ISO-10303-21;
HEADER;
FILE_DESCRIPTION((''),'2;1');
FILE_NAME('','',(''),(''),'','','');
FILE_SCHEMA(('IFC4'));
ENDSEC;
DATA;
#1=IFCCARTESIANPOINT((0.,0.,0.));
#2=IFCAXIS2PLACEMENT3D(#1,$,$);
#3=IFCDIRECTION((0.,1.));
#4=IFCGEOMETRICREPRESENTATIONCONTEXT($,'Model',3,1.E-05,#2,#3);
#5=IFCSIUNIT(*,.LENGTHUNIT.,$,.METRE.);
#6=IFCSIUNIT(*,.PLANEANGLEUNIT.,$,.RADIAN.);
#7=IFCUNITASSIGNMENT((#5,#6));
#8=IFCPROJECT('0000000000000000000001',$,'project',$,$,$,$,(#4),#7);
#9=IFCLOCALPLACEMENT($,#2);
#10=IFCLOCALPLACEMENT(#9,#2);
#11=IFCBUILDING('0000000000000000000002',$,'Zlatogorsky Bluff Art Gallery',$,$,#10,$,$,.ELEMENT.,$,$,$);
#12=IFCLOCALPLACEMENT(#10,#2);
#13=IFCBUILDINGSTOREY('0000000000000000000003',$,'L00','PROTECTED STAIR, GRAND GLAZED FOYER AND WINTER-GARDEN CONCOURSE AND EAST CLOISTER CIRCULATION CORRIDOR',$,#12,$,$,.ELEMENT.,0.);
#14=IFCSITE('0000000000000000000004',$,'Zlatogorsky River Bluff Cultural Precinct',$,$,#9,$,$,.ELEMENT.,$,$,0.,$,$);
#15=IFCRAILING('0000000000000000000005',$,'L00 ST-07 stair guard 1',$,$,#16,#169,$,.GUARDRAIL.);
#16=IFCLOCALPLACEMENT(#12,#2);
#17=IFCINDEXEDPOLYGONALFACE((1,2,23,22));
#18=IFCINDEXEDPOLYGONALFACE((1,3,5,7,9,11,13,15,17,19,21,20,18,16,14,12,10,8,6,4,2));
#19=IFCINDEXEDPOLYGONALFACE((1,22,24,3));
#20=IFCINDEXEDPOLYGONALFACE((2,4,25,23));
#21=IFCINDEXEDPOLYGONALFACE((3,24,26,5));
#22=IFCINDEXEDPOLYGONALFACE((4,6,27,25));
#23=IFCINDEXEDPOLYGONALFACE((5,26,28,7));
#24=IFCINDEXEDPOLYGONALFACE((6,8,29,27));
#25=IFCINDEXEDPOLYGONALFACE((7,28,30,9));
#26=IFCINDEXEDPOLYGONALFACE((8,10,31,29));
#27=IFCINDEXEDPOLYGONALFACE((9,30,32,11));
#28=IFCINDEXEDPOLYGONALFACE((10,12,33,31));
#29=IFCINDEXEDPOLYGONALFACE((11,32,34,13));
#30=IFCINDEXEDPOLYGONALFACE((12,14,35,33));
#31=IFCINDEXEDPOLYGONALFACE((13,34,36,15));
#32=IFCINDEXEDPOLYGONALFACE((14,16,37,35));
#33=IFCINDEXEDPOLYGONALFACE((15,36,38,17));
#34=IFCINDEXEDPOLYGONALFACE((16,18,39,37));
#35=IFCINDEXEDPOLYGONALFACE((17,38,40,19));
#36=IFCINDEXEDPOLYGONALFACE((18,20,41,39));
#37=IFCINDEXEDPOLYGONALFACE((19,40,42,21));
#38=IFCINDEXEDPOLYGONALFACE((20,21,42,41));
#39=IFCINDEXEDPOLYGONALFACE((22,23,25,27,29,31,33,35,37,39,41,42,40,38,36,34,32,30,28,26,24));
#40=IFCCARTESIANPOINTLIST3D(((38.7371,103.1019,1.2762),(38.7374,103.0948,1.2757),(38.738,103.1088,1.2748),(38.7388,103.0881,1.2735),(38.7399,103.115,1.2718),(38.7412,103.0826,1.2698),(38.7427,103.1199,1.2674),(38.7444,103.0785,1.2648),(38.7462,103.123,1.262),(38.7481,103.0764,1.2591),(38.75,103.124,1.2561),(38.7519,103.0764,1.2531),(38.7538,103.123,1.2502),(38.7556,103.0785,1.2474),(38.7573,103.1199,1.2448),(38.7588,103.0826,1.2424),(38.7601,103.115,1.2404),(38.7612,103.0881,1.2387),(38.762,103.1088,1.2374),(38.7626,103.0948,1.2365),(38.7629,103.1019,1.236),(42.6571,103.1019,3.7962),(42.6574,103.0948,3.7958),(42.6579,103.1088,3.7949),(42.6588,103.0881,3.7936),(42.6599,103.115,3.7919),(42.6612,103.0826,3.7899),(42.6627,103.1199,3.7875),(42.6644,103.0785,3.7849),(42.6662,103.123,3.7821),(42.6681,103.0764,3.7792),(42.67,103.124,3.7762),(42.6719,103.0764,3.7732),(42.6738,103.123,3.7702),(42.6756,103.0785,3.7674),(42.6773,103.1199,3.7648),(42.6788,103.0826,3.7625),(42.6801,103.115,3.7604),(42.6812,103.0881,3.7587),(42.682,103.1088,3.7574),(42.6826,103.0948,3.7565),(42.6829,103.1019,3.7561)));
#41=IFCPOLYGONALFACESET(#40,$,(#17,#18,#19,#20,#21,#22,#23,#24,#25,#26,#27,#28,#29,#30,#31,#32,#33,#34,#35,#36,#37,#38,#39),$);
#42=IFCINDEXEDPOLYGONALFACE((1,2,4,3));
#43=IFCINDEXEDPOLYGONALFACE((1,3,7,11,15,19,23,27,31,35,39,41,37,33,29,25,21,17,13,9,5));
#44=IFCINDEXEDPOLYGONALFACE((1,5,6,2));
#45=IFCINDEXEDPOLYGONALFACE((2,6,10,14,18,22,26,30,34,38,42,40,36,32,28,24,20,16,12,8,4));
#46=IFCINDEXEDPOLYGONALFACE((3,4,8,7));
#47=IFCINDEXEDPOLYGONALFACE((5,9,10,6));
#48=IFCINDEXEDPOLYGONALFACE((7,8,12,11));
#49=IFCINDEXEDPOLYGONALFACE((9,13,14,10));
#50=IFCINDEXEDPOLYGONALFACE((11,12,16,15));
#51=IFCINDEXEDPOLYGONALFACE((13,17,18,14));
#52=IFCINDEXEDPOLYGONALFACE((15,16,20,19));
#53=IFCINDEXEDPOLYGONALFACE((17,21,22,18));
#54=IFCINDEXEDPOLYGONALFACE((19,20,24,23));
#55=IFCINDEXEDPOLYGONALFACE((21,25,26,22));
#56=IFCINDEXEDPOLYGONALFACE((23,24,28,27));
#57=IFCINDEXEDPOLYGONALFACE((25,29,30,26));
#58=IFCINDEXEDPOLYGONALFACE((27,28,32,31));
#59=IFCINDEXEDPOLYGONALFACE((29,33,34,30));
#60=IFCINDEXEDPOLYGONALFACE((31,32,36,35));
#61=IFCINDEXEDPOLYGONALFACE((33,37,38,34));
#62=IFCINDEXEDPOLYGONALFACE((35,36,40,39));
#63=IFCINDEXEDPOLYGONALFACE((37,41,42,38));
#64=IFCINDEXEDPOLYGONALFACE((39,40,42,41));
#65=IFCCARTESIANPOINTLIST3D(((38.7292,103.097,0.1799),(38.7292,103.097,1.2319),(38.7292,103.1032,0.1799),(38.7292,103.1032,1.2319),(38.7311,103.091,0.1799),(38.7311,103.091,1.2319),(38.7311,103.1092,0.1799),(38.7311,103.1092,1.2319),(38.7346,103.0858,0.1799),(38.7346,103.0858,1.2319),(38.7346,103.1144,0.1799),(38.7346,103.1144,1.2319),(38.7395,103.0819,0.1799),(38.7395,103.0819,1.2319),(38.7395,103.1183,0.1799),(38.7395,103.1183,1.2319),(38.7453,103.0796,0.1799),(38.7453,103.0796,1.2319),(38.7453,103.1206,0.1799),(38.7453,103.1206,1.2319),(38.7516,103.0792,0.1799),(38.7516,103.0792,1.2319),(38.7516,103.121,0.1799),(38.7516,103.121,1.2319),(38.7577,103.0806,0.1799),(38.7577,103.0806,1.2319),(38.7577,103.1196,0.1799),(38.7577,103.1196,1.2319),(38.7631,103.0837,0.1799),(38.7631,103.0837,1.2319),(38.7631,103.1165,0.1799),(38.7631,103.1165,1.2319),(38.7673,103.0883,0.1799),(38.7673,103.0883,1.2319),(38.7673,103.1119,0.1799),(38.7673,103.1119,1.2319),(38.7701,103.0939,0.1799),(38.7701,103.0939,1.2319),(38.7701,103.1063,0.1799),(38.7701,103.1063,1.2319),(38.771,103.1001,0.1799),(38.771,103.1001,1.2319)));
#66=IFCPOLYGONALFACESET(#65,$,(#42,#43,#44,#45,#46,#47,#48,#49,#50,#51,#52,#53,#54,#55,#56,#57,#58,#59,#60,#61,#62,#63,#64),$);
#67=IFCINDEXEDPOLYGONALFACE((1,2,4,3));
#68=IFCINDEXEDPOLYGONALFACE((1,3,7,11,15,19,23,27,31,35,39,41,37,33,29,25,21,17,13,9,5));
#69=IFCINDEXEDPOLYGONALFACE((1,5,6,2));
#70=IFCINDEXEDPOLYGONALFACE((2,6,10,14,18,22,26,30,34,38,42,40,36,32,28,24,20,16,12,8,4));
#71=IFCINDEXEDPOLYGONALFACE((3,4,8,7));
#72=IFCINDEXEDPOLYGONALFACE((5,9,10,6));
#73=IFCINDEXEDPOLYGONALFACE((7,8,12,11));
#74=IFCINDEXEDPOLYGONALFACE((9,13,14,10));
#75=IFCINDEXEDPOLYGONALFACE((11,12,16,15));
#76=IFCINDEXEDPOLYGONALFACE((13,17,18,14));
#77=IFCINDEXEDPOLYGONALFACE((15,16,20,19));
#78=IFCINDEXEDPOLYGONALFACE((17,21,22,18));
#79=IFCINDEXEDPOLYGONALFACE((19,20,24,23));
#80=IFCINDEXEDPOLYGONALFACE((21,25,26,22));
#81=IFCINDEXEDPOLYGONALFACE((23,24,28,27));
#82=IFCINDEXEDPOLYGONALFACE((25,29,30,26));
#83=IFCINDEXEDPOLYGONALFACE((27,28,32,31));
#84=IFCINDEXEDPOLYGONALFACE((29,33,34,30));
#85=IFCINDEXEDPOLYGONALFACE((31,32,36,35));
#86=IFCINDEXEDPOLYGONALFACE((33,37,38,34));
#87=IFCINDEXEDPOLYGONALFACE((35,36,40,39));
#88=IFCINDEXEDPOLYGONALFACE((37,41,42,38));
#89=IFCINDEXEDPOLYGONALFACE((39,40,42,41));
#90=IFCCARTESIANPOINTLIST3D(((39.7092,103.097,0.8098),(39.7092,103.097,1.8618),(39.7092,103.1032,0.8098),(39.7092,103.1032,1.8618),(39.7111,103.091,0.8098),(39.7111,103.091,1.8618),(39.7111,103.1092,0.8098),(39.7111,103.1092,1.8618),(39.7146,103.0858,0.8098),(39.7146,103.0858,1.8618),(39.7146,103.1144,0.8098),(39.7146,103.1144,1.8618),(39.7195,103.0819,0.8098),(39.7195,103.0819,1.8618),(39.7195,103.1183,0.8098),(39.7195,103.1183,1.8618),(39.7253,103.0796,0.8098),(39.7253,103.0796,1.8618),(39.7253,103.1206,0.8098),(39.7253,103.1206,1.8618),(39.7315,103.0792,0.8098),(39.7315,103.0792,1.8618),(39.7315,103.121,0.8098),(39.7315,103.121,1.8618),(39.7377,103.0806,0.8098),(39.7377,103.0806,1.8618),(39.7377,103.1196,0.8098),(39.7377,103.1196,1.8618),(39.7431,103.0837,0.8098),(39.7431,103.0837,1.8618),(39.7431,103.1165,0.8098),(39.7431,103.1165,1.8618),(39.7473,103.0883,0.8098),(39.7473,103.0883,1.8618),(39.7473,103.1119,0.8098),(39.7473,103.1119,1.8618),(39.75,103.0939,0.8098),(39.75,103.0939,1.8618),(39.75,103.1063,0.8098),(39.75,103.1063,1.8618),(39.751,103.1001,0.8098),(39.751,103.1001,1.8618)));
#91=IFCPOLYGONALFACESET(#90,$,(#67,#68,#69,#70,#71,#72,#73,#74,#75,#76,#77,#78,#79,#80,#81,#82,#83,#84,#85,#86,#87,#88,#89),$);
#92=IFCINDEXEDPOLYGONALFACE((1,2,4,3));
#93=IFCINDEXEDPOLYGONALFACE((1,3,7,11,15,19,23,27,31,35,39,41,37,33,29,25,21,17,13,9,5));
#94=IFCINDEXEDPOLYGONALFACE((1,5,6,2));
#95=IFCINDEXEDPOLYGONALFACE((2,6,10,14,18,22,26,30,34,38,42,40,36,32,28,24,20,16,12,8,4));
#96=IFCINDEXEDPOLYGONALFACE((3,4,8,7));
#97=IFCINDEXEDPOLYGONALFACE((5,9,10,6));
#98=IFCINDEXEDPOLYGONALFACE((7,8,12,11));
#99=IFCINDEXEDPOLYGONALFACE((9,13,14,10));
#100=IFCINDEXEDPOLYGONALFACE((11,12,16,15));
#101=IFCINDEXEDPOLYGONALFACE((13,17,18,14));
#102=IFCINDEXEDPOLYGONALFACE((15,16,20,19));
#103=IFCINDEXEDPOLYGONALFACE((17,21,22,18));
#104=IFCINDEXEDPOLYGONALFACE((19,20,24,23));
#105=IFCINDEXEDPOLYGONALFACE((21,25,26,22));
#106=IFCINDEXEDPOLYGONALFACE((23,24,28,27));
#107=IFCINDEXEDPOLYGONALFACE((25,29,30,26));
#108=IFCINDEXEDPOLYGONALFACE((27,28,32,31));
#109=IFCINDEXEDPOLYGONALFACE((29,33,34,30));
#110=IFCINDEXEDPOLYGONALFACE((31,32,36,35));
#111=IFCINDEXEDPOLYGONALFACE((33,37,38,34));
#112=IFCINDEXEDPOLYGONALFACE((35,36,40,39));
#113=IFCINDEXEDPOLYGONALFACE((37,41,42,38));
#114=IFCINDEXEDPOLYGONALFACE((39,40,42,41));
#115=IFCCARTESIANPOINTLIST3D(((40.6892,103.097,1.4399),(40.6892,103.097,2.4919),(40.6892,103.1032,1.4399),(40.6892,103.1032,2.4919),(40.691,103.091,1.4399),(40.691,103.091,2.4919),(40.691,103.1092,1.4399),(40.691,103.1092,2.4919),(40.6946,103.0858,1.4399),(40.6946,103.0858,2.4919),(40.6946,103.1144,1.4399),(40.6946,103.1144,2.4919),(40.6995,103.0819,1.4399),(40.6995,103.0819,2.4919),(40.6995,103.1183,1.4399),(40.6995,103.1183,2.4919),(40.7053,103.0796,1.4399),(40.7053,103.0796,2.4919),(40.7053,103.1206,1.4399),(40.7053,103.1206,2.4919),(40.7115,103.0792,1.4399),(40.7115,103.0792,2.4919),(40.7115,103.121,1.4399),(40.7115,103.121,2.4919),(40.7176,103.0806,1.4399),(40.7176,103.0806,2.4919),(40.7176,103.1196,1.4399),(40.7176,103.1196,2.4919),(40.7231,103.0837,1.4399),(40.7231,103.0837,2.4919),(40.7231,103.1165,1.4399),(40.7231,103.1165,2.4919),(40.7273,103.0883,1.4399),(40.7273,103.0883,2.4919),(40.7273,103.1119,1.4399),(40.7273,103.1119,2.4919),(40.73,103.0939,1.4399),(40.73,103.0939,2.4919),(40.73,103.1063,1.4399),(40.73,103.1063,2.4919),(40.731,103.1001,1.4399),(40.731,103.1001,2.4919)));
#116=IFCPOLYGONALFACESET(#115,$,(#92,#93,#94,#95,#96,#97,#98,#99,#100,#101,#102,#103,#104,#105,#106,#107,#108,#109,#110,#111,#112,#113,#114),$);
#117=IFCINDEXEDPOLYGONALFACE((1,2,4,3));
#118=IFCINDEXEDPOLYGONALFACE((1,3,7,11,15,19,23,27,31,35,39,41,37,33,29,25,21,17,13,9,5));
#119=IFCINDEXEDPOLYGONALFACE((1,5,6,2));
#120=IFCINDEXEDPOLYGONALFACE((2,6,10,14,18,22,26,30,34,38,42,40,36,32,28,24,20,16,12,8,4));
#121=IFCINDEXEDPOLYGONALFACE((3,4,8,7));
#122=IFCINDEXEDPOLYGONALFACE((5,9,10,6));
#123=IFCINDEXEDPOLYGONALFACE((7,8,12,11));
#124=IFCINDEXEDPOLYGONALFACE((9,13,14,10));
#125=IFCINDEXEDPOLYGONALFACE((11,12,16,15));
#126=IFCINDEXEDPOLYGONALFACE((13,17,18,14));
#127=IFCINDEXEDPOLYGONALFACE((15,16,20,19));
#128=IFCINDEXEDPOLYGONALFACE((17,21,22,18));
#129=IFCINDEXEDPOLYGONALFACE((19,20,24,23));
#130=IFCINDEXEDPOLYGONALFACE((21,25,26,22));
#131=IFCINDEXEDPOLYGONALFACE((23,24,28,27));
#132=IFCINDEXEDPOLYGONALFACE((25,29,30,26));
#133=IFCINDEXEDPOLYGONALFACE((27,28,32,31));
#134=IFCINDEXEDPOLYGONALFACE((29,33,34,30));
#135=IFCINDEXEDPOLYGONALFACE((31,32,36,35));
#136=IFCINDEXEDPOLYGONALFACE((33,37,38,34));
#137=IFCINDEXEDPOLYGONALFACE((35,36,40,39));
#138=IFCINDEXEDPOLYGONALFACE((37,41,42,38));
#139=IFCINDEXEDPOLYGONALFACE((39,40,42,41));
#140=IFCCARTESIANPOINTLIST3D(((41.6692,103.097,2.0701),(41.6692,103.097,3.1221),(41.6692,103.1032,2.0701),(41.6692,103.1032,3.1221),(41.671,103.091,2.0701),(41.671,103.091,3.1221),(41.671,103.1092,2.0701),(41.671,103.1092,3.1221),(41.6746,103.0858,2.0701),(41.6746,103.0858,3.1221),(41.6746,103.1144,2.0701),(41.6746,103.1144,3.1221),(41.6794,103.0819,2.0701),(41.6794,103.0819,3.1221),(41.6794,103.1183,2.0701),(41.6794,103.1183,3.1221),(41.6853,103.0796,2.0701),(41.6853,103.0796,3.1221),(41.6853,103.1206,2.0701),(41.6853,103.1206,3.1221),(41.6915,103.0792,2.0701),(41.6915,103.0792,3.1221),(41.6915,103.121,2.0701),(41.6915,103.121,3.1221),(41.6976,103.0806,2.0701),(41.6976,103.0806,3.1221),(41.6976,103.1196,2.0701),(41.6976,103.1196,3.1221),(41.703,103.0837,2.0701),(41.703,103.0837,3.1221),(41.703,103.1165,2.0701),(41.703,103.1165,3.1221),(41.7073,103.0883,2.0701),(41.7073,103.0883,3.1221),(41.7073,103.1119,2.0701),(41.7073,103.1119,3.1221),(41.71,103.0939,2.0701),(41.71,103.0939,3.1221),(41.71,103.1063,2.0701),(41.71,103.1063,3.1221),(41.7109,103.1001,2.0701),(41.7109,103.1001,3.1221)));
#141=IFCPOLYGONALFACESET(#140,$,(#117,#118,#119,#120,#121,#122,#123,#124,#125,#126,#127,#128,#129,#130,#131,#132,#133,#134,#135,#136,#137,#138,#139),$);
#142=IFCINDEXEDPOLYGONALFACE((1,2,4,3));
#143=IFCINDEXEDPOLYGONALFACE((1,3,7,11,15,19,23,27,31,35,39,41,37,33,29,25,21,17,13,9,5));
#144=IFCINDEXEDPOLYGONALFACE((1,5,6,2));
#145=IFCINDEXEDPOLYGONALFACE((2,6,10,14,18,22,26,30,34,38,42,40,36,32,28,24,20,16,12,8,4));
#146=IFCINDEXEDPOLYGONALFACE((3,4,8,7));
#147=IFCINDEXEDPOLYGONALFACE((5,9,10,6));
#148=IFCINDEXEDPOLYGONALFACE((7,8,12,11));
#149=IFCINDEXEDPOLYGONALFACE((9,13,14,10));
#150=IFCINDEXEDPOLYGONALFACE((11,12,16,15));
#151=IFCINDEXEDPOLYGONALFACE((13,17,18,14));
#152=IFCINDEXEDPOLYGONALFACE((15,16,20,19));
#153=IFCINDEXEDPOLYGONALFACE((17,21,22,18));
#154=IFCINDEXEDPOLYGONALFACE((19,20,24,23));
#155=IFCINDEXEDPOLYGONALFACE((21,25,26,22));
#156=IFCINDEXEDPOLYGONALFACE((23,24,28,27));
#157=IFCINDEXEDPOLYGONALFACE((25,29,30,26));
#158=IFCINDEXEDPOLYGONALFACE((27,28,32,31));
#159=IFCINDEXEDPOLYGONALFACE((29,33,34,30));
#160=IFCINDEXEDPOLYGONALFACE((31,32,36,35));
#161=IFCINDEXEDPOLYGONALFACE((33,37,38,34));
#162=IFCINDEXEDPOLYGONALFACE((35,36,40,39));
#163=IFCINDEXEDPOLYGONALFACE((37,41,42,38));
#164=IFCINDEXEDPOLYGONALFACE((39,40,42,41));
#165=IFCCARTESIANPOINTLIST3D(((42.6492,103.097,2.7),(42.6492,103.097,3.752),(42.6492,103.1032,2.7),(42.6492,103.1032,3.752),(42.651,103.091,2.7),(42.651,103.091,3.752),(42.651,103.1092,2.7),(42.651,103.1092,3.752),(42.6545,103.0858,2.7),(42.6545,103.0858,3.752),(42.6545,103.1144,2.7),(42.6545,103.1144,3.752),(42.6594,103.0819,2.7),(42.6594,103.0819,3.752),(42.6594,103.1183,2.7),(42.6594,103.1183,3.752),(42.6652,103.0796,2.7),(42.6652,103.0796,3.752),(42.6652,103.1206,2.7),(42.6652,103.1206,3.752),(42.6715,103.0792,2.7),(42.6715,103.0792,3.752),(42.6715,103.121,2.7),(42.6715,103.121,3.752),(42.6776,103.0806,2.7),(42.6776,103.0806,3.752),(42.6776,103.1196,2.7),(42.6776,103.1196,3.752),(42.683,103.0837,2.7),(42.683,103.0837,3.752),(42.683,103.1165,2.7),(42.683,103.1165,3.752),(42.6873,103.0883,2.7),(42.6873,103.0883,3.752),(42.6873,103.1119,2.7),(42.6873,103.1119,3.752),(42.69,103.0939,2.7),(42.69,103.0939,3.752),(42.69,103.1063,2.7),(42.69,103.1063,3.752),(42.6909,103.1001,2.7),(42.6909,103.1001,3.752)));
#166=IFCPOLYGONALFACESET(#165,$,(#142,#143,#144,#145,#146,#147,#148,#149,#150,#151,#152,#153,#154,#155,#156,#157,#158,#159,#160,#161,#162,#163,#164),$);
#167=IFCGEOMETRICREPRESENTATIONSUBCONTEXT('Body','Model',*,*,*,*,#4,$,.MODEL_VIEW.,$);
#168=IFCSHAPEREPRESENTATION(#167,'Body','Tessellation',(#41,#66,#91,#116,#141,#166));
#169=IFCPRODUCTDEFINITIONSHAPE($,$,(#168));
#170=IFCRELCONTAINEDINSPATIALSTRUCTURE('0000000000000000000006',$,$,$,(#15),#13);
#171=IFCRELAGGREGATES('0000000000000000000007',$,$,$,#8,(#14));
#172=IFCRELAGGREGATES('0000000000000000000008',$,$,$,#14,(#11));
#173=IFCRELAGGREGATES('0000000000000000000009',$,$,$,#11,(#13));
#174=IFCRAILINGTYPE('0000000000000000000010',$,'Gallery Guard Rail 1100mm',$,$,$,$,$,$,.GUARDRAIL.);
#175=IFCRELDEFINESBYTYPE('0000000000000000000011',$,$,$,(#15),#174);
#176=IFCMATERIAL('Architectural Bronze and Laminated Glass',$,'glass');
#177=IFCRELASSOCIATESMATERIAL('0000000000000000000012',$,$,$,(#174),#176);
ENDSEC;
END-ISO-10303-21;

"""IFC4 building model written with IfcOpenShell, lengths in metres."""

from ifc_helpers import new_model, si_unit, direction, frame, origin, origin_2d, place, context, subcontext, project, spatial, circle, extrude, material, type_object, element, save


model = new_model("IFC4")

# Units and contexts
model_context = context("Model", 3, precision=1e-05, world=origin(), true_north=direction((0.0, 1.0)))
body_context = subcontext(model_context, "Body", "Model", "MODEL_VIEW")
ifc_project = project(units=[si_unit("LENGTHUNIT", "METRE"), si_unit("PLANEANGLEUNIT", "RADIAN")], contexts=[model_context])

# Site, building, storey
site_placement = place(None, origin())
site = spatial("IfcSite", under=ifc_project, at=site_placement, Name="Zlatogorsky River Bluff Cultural Precinct", CompositionType="ELEMENT", RefElevation=0.0)
building_placement = place(site_placement, origin())
building = spatial("IfcBuilding", under=site, at=building_placement, Name="Zlatogorsky Bluff Art Gallery", CompositionType="ELEMENT")
storey_placement = place(building_placement, origin())
storey = spatial("IfcBuildingStorey", under=building, at=storey_placement, Name="L00", Description="PROTECTED STAIR, GRAND GLAZED FOYER AND WINTER-GARDEN CONCOURSE AND EAST CLOISTER CIRCULATION CORRIDOR", CompositionType="ELEMENT", Elevation=0.0)

# Railing
ifc_material_1 = material(Name="Architectural Bronze and Laminated Glass", Category="glass")
railing_type_1 = type_object("IfcRailingType", Name="Gallery Guard Rail 1100mm", PredefinedType="GUARDRAIL", material=ifc_material_1)
railing_1_placement = place(storey_placement, frame((38.75, 103.1001, 0.1799)))
element("IfcRailing", 1, at=railing_1_placement, inside=storey, type_object=railing_type_1, Name="L00 ST-07 stair guard 1", PredefinedType="GUARDRAIL", context=body_context, shape_type="SweptSolid", body=[
    extrude(circle(Radius=0.0239, at=origin_2d()), frame((0.0, 0.0, 1.0762), z_axis=(0.841172, 0.0, 0.540768), x_axis=(0.0, 1.0, 0.0)), (0.0, 0.0, 1.0), 4.6602),
    extrude(circle(Radius=0.021, at=origin_2d()), origin(), (0.0, 0.0, 1.0), 1.052),
    extrude(circle(Radius=0.021, at=origin_2d()), frame((0.98, 0.0, 0.6299)), (0.0, 0.0, 1.0), 1.052),
    extrude(circle(Radius=0.021, at=origin_2d()), frame((1.96, 0.0, 1.26)), (0.0, 0.0, 1.0), 1.052),
    extrude(circle(Radius=0.021, at=origin_2d()), frame((2.9399, 0.0, 1.8901)), (0.0, 0.0, 1.0), 1.052),
    extrude(circle(Radius=0.021, at=origin_2d()), frame((3.9199, 0.0, 2.52)), (0.0, 0.0, 1.0), 1.052),
])

save(model, "model.ifc")
